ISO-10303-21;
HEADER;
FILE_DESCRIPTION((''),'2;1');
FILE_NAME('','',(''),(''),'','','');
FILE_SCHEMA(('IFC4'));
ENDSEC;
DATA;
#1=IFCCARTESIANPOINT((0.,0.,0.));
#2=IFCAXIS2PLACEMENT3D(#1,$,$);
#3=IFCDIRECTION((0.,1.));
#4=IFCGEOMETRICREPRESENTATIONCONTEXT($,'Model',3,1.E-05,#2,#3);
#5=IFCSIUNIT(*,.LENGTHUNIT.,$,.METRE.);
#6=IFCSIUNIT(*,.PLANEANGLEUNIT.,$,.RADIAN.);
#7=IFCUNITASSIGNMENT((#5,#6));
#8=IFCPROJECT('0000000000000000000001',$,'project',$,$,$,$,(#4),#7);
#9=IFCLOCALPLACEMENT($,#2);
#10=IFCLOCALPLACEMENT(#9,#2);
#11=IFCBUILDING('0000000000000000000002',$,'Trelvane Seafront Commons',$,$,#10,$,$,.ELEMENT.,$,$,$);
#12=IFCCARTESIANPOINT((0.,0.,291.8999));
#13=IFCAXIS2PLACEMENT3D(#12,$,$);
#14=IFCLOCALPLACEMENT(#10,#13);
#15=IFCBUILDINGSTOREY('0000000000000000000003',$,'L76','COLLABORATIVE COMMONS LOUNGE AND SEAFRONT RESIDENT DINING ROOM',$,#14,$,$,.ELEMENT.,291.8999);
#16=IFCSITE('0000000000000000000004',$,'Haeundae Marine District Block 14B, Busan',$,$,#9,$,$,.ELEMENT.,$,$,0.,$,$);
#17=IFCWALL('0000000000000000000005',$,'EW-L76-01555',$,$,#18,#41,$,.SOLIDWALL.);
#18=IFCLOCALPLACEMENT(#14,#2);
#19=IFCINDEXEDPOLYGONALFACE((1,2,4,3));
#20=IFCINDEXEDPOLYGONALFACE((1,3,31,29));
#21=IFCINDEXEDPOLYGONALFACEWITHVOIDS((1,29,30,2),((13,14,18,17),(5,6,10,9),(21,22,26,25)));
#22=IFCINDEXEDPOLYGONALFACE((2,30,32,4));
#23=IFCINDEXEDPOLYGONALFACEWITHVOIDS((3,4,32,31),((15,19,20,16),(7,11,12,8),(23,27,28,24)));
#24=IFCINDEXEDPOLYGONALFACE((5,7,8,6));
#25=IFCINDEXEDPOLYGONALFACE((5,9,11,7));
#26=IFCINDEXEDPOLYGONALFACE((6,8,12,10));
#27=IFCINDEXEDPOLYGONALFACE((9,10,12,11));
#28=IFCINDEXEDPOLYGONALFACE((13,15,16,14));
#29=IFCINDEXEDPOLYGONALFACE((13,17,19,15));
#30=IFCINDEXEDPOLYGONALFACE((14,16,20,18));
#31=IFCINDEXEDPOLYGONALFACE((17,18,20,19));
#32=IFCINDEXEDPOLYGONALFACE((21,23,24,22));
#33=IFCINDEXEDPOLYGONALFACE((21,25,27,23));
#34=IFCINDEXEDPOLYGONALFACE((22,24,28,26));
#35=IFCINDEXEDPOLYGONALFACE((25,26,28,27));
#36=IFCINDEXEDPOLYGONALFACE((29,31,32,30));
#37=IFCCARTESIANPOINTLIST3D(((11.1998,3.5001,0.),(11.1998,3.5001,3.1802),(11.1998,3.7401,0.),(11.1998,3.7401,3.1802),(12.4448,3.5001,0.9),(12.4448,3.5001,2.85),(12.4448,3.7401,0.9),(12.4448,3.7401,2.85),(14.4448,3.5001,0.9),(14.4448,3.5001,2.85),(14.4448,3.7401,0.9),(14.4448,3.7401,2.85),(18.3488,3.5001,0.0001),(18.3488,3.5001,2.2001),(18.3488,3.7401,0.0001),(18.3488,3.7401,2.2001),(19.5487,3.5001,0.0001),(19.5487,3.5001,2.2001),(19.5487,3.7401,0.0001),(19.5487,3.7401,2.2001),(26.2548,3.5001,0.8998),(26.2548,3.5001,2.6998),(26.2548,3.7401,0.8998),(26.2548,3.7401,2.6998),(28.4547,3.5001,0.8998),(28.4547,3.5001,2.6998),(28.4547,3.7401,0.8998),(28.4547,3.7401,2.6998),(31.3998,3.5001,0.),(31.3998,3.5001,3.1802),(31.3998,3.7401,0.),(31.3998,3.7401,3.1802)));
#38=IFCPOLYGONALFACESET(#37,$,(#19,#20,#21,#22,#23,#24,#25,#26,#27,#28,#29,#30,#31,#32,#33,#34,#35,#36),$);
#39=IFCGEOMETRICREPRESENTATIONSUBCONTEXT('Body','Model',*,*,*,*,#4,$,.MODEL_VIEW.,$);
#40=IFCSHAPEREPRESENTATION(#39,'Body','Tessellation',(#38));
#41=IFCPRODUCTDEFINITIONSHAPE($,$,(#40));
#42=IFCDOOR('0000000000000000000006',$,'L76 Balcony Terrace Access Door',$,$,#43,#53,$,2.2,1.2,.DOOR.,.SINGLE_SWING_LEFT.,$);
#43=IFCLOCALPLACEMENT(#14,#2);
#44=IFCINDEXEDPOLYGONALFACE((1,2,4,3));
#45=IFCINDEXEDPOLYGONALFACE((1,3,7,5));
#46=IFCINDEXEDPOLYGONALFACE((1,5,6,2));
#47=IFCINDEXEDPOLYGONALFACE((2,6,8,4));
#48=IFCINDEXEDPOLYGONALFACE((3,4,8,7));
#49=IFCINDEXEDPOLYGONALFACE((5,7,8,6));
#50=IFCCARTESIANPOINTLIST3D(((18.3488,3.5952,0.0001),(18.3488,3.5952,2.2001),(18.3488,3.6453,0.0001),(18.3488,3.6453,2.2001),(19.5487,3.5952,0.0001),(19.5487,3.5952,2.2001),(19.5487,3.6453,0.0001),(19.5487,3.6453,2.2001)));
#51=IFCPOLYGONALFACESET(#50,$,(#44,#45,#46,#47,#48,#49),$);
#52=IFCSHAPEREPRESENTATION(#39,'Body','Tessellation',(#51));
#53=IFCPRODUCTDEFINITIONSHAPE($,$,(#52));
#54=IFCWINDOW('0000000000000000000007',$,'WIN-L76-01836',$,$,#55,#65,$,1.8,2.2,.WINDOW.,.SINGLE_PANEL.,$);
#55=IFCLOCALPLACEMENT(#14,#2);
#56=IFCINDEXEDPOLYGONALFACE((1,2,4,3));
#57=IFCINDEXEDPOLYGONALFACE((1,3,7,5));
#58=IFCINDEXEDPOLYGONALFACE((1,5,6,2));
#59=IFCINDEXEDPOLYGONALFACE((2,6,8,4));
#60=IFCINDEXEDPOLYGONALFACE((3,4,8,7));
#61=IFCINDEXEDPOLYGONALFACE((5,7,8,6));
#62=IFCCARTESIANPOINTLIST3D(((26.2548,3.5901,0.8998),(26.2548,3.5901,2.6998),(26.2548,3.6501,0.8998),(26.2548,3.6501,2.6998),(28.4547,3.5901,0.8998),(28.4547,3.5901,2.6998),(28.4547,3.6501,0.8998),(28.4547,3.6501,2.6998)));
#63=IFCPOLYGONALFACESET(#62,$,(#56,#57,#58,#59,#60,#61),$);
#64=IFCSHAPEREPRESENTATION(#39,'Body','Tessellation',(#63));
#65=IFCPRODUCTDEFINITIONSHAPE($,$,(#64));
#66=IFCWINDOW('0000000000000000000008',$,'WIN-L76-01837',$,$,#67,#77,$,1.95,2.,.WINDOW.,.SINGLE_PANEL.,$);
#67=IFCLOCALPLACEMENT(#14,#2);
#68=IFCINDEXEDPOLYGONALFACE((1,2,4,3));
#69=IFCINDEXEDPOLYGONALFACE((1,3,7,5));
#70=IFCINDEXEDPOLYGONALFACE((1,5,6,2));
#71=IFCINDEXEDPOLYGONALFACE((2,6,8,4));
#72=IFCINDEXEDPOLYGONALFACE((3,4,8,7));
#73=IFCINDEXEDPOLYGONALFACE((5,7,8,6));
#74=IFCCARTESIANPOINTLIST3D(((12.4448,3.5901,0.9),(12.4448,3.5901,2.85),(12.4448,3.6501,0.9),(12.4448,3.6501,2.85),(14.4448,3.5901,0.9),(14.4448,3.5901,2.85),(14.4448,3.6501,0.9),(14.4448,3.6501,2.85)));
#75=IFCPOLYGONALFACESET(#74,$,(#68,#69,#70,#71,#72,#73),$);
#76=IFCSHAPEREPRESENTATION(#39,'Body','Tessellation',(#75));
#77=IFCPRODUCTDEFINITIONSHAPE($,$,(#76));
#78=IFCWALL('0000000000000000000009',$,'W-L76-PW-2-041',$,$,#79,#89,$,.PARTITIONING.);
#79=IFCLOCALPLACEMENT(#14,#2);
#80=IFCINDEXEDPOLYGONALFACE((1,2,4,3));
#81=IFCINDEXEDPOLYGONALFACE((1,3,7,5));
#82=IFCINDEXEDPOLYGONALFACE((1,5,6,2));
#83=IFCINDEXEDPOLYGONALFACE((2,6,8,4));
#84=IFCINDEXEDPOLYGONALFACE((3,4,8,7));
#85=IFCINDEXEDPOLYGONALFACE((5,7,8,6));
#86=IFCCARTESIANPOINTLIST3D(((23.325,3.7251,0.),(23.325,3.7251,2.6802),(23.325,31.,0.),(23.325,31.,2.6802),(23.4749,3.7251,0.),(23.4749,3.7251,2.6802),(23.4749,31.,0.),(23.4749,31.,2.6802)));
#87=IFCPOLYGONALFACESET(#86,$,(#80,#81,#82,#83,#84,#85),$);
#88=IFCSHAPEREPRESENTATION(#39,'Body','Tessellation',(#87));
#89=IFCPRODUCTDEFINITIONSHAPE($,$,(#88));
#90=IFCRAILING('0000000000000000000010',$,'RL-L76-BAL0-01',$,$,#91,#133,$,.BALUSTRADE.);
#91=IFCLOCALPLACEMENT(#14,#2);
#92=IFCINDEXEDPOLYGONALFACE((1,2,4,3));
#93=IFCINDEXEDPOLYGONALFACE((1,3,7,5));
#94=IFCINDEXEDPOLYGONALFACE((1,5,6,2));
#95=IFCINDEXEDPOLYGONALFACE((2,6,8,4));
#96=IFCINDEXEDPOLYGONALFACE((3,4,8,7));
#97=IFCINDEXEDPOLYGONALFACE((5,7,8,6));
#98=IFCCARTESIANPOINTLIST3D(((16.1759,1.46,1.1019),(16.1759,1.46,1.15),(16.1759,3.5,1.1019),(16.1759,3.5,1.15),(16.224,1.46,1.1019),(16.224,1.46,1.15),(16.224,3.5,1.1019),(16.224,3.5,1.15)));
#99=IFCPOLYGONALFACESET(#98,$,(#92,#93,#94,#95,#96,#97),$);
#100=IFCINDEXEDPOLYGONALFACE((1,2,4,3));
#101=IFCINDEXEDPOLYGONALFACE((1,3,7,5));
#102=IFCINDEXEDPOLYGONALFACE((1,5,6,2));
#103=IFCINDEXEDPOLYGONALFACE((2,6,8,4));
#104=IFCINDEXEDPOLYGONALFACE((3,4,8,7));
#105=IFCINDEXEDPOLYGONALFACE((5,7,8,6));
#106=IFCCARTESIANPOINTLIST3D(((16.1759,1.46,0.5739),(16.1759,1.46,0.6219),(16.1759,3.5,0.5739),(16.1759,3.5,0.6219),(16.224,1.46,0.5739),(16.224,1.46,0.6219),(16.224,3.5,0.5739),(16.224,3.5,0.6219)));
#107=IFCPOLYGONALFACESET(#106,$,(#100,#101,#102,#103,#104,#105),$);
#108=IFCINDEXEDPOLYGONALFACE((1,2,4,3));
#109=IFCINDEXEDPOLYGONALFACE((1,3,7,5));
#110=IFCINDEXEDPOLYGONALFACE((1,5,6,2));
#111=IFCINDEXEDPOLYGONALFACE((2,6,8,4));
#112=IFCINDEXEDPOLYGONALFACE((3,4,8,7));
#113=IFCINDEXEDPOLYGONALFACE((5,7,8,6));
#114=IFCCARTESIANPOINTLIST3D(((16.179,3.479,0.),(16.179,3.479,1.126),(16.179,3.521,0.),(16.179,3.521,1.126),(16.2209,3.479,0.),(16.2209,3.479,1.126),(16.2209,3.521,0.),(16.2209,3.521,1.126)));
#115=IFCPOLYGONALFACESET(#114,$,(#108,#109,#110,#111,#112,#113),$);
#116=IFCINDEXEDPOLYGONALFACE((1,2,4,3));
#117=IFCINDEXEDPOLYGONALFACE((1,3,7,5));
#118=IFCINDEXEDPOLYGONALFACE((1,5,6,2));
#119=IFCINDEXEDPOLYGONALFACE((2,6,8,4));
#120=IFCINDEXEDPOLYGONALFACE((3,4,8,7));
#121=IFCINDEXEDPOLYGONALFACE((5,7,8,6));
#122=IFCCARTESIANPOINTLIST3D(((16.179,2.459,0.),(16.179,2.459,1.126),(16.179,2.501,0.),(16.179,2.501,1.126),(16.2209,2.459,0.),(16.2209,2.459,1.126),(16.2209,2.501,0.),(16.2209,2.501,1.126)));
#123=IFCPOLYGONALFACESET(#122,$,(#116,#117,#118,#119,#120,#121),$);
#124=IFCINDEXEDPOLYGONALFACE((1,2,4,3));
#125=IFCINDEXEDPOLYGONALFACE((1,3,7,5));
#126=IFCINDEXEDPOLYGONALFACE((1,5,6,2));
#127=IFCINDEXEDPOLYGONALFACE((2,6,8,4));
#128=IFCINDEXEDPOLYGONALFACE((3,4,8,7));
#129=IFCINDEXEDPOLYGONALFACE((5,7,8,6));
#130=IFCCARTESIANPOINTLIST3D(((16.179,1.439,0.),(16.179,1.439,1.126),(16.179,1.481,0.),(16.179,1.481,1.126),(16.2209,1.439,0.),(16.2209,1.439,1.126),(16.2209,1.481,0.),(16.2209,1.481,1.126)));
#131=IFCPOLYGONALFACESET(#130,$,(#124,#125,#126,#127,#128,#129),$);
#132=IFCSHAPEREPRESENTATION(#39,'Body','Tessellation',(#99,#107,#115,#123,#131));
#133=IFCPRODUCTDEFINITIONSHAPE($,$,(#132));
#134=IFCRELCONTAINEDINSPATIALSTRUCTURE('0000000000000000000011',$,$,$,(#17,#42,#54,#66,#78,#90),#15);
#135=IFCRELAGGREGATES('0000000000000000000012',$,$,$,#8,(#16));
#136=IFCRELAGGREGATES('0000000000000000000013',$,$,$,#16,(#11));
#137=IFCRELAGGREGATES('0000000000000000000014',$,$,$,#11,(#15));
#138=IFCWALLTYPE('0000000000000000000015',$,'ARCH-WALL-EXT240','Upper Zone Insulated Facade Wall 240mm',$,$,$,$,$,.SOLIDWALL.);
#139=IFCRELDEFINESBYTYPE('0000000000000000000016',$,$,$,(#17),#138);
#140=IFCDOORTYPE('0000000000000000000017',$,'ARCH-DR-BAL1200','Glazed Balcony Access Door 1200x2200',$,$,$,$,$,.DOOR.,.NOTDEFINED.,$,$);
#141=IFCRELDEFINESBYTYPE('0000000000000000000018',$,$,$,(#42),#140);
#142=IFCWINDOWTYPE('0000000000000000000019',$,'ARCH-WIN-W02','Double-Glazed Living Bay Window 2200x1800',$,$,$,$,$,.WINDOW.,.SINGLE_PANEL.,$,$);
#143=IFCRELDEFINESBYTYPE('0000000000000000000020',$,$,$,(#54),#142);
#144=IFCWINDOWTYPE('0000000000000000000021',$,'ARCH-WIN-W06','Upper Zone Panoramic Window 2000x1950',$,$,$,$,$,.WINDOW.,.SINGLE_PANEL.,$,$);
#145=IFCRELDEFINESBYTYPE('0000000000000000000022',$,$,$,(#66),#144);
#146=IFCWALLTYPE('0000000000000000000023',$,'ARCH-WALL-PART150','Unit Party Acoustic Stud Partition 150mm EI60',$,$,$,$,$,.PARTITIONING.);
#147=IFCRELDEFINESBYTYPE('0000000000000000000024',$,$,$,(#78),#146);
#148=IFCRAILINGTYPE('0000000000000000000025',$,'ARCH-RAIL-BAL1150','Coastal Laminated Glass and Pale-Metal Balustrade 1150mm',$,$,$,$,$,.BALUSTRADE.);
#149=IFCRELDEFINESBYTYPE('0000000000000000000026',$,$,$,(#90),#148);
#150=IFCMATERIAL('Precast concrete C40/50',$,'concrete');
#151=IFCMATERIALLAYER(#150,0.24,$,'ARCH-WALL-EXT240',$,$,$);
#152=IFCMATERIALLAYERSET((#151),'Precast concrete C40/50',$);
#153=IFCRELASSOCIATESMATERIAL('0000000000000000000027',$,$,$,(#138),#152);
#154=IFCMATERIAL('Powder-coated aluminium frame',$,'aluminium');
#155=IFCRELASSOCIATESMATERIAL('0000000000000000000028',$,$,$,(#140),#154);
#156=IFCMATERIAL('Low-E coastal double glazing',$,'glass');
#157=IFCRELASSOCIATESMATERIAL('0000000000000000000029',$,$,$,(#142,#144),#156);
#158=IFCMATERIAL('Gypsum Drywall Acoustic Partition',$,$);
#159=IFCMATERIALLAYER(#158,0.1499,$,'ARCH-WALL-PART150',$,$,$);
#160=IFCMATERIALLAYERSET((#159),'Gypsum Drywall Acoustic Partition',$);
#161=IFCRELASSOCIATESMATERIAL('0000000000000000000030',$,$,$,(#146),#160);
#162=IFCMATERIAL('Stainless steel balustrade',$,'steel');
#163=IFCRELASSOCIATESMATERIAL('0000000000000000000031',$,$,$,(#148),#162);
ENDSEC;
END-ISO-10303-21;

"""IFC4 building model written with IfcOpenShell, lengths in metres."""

from ifc_helpers import new_model, si_unit, direction, frame, frame_2d, origin, origin_2d, place, context, subcontext, project, spatial, rectangle, extrude, source, transform, mapped, material, layer, layer_set, type_object, element, fill, save


model = new_model("IFC4")

# Units and contexts
model_context = context("Model", 3, precision=1e-05, world=origin(), true_north=direction((0.0, 1.0)))
body_context = subcontext(model_context, "Body", "Model", "MODEL_VIEW")
ifc_project = project(units=[si_unit("LENGTHUNIT", "METRE"), si_unit("PLANEANGLEUNIT", "RADIAN")], contexts=[model_context])

# Site, building, storey
site_placement = place(None, origin())
site = spatial("IfcSite", under=ifc_project, at=site_placement, Name="Haeundae Marine District Block 14B, Busan", CompositionType="ELEMENT", RefElevation=0.0)
building_placement = place(site_placement, origin())
building = spatial("IfcBuilding", under=site, at=building_placement, Name="Trelvane Seafront Commons", CompositionType="ELEMENT")
storey_placement = place(building_placement, frame((0.0, 0.0, 291.8999)))
storey = spatial("IfcBuildingStorey", under=building, at=storey_placement, Name="L76", Description="COLLABORATIVE COMMONS LOUNGE AND SEAFRONT RESIDENT DINING ROOM", CompositionType="ELEMENT", Elevation=291.8999)

# Shared definitions
ifc_material_1 = material(Name="Low-E coastal double glazing", Category="glass")

# Wall, openings, door, windows
ifc_material_2 = material(Name="Precast concrete C40/50", Category="concrete")
ifc_layer_1 = layer(ifc_material_2, 0.24, Name="ARCH-WALL-EXT240")
ifc_layer_set_1 = layer_set([ifc_layer_1], Name="Precast concrete C40/50")
wall_type_1 = type_object("IfcWallType", Name="ARCH-WALL-EXT240", Description="Upper Zone Insulated Facade Wall 240mm", PredefinedType="SOLIDWALL", material=ifc_layer_set_1)
wall_1_placement = place(storey_placement, frame((31.3999, 3.6201, 0.0), z_axis=(0.0, 0.0, 1.0), x_axis=(-1.0, 0.0, 0.0)))
wall_1 = element("IfcWall", 1, at=wall_1_placement, inside=storey, type_object=wall_type_1, Name="EW-L76-01555", PredefinedType="SOLIDWALL", context=body_context, shape_type="SweptSolid", body=[
    extrude(rectangle(XDim=20.2, YDim=0.24, at=frame_2d((10.1001, 0.0))), origin(), (0.0, 0.0, 1.0), 3.1802),
])
opening_1_placement = place(wall_1_placement, frame((2.9451, 0.0, 0.8999)))
opening_1 = element("IfcOpeningElement", 2, at=opening_1_placement, cuts=wall_1, PredefinedType="OPENING", context=body_context, shape_type="SweptSolid", body=[
    extrude(rectangle(XDim=2.2, YDim=1.8, at=frame_2d((1.1001, 0.8999))), frame((0.0, 0.1299, 0.0), z_axis=(0.0, -1.0, 0.0), x_axis=(1.0, 0.0, 0.0)), (0.0, 0.0, 1.0), 0.26),
])
opening_2_placement = place(wall_1_placement, frame((11.8511, 0.0, 0.0)))
opening_2 = element("IfcOpeningElement", 3, at=opening_2_placement, cuts=wall_1, PredefinedType="OPENING", context=body_context, shape_type="SweptSolid", body=[
    extrude(rectangle(XDim=1.2, YDim=2.2, at=frame_2d((0.6001, 1.1001))), frame((0.0, 0.1299, 0.0), z_axis=(0.0, -1.0, 0.0), x_axis=(1.0, 0.0, 0.0)), (0.0, 0.0, 1.0), 0.26),
])
opening_3_placement = place(wall_1_placement, frame((16.9551, 0.0, 0.8999)))
opening_3 = element("IfcOpeningElement", 4, at=opening_3_placement, cuts=wall_1, PredefinedType="OPENING", context=body_context, shape_type="SweptSolid", body=[
    extrude(rectangle(XDim=2.0, YDim=1.95, at=frame_2d((1.0, 0.9751))), frame((0.0, 0.1299, 0.0), z_axis=(0.0, -1.0, 0.0), x_axis=(1.0, 0.0, 0.0)), (0.0, 0.0, 1.0), 0.26),
])
ifc_material_3 = material(Name="Powder-coated aluminium frame", Category="aluminium")
door_type = type_object("IfcDoorType", Name="ARCH-DR-BAL1200", Description="Glazed Balcony Access Door 1200x2200", OperationType="NOTDEFINED", PredefinedType="DOOR", material=ifc_material_3)
shared_shape_1 = source(origin(), body_context, "Body", "SweptSolid", [
    extrude(rectangle(XDim=1.2, YDim=2.2, at=frame_2d((0.6001, 1.1001))), frame((0.0, 0.0249, 0.0), z_axis=(0.0, -1.0, 0.0), x_axis=(1.0, 0.0, 0.0)), (0.0, 0.0, 1.0), 0.05),
])
door_placement = place(opening_2_placement, origin())
door = element("IfcDoor", 5, at=door_placement, inside=storey, type_object=door_type, Name="L76 Balcony Terrace Access Door", OperationType="SINGLE_SWING_LEFT", OverallHeight=2.2, OverallWidth=1.2, PredefinedType="DOOR", context=body_context, shape_type="MappedRepresentation", body=[
    mapped(shared_shape_1, transform((0.0, 0.0, 0.0), x_axis=(1.0, 0.0, 0.0), y_axis=(0.0, 1.0, 0.0), z_axis=(0.0, 0.0, 1.0), scale=1.0)),
])
fill(opening_2, door)
window_type_1 = type_object("IfcWindowType", Name="ARCH-WIN-W02", Description="Double-Glazed Living Bay Window 2200x1800", PartitioningType="SINGLE_PANEL", PredefinedType="WINDOW", material=ifc_material_1)
shared_shape_2 = source(origin(), body_context, "Body", "SweptSolid", [
    extrude(rectangle(XDim=2.2, YDim=1.8, at=frame_2d((1.1001, 0.8999))), frame((0.0, 0.03, 0.0), z_axis=(0.0, -1.0, 0.0), x_axis=(1.0, 0.0, 0.0)), (0.0, 0.0, 1.0), 0.0601),
])
window_1_placement = place(opening_1_placement, origin())
window_1 = element("IfcWindow", 6, at=window_1_placement, inside=storey, type_object=window_type_1, Name="WIN-L76-01836", OverallHeight=1.8, OverallWidth=2.2, PartitioningType="SINGLE_PANEL", PredefinedType="WINDOW", context=body_context, shape_type="MappedRepresentation", body=[
    mapped(shared_shape_2, transform((0.0, 0.0, 0.0), x_axis=(1.0, 0.0, 0.0), y_axis=(0.0, 1.0, 0.0), z_axis=(0.0, 0.0, 1.0), scale=1.0)),
])
fill(opening_1, window_1)
window_type_2 = type_object("IfcWindowType", Name="ARCH-WIN-W06", Description="Upper Zone Panoramic Window 2000x1950", PartitioningType="SINGLE_PANEL", PredefinedType="WINDOW", material=ifc_material_1)
shared_shape_3 = source(origin(), body_context, "Body", "SweptSolid", [
    extrude(rectangle(XDim=2.0, YDim=1.95, at=frame_2d((1.0, 0.9751))), frame((0.0, 0.03, 0.0), z_axis=(0.0, -1.0, 0.0), x_axis=(1.0, 0.0, 0.0)), (0.0, 0.0, 1.0), 0.0601),
])
window_2_placement = place(opening_3_placement, origin())
window_2 = element("IfcWindow", 7, at=window_2_placement, inside=storey, type_object=window_type_2, Name="WIN-L76-01837", OverallHeight=1.95, OverallWidth=2.0, PartitioningType="SINGLE_PANEL", PredefinedType="WINDOW", context=body_context, shape_type="MappedRepresentation", body=[
    mapped(shared_shape_3, transform((0.0, 0.0, 0.0), x_axis=(1.0, 0.0, 0.0), y_axis=(0.0, 1.0, 0.0), z_axis=(0.0, 0.0, 1.0), scale=1.0)),
])
fill(opening_3, window_2)

# Wall
ifc_material_4 = material(Name="Gypsum Drywall Acoustic Partition")
ifc_layer_2 = layer(ifc_material_4, 0.1499, Name="ARCH-WALL-PART150")
ifc_layer_set_2 = layer_set([ifc_layer_2], Name="Gypsum Drywall Acoustic Partition")
wall_type_2 = type_object("IfcWallType", Name="ARCH-WALL-PART150", Description="Unit Party Acoustic Stud Partition 150mm EI60", PredefinedType="PARTITIONING", material=ifc_layer_set_2)
wall_2_placement = place(storey_placement, frame((23.3999, 3.7251, 0.0), z_axis=(0.0, 0.0, 1.0), x_axis=(0.0, 1.0, 0.0)))
element("IfcWall", 8, at=wall_2_placement, inside=storey, type_object=wall_type_2, Name="W-L76-PW-2-041", PredefinedType="PARTITIONING", context=body_context, shape_type="SweptSolid", body=[
    extrude(rectangle(XDim=27.2749, YDim=0.1499, at=frame_2d((13.6375, 0.0))), origin(), (0.0, 0.0, 1.0), 2.6802),
])

# Railing
ifc_material_5 = material(Name="Stainless steel balustrade", Category="steel")
railing_type = type_object("IfcRailingType", Name="ARCH-RAIL-BAL1150", Description="Coastal Laminated Glass and Pale-Metal Balustrade 1150mm", PredefinedType="BALUSTRADE", material=ifc_material_5)
railing_1_placement = place(storey_placement, frame((16.2, 3.5, 0.0)))
element("IfcRailing", 9, at=railing_1_placement, inside=storey, type_object=railing_type, Name="RL-L76-BAL0-01", PredefinedType="BALUSTRADE", context=body_context, shape_type="SweptSolid", body=[
    extrude(rectangle(XDim=0.0481, YDim=0.0481, at=origin_2d()), frame((0.0, 0.0, 1.126), z_axis=(0.0, -1.0, 0.0), x_axis=(1.0, 0.0, 0.0)), (0.0, 0.0, 1.0), 2.04),
    extrude(rectangle(XDim=0.0481, YDim=0.0481, at=origin_2d()), frame((0.0, 0.0, 0.5979), z_axis=(0.0, -1.0, 0.0), x_axis=(1.0, 0.0, 0.0)), (0.0, 0.0, 1.0), 2.04),
    extrude(rectangle(XDim=0.042, YDim=0.042, at=origin_2d()), origin(), (0.0, 0.0, 1.0), 1.126),
    extrude(rectangle(XDim=0.042, YDim=0.042, at=origin_2d()), frame((0.0, -1.02, 0.0)), (0.0, 0.0, 1.0), 1.126),
    extrude(rectangle(XDim=0.042, YDim=0.042, at=origin_2d()), frame((0.0, -2.04, 0.0)), (0.0, 0.0, 1.0), 1.126),
])

save(model, "model.ifc")
